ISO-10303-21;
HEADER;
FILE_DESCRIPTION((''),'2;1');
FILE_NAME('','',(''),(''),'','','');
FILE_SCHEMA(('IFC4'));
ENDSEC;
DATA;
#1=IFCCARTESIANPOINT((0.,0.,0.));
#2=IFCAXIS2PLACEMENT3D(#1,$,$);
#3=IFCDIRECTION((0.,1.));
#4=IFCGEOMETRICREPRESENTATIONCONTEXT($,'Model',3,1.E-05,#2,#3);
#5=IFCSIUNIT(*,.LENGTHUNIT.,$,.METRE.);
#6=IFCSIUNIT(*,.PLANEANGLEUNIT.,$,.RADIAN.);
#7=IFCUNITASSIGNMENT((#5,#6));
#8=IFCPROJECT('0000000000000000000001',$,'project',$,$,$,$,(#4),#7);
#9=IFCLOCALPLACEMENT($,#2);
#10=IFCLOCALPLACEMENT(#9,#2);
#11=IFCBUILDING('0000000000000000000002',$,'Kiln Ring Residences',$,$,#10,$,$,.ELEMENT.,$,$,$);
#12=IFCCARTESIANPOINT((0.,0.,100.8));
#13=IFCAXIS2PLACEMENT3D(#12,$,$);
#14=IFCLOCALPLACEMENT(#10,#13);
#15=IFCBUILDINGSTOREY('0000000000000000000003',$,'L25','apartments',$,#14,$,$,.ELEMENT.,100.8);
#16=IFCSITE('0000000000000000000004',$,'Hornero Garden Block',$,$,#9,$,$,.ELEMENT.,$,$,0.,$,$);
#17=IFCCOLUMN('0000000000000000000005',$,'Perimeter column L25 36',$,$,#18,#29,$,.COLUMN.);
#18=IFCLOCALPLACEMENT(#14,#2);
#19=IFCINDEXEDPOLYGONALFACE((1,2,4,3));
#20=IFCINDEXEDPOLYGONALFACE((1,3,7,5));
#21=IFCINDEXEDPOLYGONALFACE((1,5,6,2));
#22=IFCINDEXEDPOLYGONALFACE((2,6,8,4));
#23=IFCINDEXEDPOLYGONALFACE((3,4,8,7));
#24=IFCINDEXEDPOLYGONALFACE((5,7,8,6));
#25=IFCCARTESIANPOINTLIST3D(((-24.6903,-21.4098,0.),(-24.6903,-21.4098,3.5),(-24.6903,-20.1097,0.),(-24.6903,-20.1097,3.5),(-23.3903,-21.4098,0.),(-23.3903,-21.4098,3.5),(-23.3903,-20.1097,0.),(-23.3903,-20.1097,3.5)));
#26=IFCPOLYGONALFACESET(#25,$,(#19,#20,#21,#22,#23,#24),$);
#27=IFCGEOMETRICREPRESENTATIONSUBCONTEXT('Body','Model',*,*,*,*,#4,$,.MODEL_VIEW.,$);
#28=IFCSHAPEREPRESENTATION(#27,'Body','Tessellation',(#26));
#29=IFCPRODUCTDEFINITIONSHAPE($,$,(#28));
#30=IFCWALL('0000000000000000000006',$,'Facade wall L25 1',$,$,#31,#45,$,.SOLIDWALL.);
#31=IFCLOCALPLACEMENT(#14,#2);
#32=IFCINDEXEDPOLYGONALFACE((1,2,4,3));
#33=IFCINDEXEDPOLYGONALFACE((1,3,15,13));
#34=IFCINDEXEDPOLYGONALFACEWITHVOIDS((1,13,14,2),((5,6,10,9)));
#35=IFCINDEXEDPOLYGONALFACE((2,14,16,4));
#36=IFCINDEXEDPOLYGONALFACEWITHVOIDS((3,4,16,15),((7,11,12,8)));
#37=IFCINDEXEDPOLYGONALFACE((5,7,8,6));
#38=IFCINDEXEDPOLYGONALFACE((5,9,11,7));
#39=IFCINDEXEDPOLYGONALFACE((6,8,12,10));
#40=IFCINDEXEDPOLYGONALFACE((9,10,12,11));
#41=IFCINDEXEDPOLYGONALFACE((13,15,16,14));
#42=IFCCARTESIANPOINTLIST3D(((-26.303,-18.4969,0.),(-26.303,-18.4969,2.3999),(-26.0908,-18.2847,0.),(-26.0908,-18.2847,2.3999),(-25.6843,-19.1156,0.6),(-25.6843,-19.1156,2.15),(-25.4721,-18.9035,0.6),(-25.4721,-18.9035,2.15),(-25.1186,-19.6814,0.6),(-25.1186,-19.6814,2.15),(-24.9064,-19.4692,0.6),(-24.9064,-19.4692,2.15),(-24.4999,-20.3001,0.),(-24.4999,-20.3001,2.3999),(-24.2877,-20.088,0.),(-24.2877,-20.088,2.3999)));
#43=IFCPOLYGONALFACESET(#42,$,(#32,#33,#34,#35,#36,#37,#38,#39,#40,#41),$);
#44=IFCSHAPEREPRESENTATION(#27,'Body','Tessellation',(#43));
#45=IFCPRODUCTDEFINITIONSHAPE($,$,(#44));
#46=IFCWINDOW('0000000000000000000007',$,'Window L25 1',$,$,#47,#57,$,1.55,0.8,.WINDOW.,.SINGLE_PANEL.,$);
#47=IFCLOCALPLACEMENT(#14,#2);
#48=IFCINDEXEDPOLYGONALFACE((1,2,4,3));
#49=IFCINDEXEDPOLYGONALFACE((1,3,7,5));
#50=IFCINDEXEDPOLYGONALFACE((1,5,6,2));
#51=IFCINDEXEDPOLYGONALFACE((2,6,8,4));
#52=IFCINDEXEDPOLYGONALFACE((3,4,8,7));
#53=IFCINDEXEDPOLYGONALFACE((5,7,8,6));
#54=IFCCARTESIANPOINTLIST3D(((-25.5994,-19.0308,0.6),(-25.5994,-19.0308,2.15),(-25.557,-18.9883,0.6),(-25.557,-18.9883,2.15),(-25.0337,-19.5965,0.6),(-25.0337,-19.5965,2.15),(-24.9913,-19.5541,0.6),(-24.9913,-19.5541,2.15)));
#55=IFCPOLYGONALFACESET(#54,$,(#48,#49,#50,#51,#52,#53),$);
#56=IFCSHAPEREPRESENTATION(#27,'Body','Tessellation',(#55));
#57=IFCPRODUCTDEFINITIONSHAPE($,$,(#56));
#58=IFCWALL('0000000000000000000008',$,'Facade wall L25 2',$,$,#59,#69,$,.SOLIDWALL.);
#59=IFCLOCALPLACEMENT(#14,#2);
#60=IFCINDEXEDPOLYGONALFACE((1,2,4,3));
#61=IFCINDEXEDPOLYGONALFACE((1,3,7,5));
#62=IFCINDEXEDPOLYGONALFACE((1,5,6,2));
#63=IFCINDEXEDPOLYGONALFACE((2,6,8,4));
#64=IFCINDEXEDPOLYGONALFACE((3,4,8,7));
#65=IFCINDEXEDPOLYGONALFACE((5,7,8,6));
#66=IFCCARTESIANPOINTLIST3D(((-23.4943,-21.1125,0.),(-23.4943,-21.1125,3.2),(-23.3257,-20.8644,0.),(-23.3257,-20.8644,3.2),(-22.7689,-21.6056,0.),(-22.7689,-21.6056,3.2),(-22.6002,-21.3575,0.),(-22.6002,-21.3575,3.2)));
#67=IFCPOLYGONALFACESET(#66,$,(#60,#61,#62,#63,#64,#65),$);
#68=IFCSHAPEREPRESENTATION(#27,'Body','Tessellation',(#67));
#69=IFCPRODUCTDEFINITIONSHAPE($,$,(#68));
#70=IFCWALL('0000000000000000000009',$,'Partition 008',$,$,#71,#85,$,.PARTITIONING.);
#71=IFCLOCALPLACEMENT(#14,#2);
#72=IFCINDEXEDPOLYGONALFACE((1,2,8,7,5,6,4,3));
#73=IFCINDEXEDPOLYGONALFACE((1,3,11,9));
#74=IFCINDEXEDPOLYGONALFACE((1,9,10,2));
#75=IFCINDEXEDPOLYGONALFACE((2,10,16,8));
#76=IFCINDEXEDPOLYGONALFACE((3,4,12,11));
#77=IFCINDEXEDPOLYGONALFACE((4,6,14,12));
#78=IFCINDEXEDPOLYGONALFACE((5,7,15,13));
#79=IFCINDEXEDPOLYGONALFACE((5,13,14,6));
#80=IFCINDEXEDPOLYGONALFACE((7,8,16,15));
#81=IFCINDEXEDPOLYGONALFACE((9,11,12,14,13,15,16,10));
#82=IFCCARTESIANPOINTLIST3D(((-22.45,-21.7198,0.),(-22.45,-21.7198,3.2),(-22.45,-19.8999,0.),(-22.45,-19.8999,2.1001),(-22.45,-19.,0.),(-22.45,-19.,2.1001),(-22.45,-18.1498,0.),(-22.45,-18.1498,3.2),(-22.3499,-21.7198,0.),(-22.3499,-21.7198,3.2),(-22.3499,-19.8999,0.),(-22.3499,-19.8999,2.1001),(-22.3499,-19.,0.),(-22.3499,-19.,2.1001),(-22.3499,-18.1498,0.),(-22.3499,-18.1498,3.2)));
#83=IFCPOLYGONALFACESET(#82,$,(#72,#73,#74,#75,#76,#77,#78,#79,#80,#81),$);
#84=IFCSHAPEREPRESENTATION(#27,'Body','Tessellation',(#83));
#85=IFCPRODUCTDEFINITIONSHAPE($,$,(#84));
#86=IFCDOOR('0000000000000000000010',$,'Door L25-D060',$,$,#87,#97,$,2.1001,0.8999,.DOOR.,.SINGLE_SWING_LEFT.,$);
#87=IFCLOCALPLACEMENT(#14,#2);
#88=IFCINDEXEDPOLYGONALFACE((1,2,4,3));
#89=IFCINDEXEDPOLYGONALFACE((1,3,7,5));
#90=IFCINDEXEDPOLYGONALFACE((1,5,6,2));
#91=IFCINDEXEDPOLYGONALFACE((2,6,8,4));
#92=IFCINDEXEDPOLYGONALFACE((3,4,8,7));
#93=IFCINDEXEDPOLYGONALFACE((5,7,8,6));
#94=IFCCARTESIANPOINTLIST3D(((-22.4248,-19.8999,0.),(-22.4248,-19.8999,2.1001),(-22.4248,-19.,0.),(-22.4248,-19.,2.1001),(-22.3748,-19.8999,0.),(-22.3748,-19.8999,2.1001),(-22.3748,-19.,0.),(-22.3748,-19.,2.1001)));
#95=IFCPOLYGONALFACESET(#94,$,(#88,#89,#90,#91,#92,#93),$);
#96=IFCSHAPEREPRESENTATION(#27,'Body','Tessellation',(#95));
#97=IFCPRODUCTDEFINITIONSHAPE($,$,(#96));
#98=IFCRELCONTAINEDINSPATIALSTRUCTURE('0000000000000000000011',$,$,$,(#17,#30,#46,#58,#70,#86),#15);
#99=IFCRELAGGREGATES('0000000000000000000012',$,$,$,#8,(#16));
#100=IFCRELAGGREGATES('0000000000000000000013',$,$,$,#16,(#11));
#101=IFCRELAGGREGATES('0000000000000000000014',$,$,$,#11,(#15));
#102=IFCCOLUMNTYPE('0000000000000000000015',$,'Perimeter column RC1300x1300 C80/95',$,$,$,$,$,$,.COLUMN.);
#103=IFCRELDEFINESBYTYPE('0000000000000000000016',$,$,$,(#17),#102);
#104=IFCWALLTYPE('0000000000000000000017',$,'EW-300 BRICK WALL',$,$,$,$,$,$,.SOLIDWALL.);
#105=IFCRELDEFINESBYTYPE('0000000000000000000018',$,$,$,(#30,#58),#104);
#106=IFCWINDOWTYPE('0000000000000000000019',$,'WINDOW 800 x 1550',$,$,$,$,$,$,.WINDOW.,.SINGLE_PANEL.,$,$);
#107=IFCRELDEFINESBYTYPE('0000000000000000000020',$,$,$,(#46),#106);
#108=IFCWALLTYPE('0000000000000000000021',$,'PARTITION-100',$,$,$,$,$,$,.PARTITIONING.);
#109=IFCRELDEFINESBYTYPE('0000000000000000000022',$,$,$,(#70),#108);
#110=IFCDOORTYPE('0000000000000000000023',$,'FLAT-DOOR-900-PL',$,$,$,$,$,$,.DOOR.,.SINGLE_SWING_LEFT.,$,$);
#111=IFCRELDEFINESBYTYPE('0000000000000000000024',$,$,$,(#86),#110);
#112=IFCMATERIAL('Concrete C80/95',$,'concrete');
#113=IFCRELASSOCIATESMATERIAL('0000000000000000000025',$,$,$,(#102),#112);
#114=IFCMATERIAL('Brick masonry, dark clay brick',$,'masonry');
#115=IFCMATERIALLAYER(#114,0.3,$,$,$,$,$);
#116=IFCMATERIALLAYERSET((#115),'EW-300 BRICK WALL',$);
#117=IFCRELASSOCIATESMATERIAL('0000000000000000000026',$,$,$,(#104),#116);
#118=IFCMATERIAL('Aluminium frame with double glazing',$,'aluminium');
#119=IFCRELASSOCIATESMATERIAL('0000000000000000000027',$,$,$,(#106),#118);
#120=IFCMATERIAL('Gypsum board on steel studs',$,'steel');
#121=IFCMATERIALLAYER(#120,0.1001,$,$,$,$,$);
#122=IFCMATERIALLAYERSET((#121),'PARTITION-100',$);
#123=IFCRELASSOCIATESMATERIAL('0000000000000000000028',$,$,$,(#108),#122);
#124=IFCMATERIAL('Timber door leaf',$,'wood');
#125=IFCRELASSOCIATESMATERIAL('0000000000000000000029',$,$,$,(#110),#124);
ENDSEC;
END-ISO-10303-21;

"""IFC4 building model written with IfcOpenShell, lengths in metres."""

from ifc_helpers import new_model, si_unit, direction, frame, frame_2d, origin, origin_2d, place, context, subcontext, project, spatial, rectangle, extrude, material, layer, layer_set, material_profile, profile_set, type_object, element, fill, save


model = new_model("IFC4")

# Units and contexts
model_context = context("Model", 3, precision=1e-05, world=origin(), true_north=direction((0.0, 1.0)))
body_context = subcontext(model_context, "Body", "Model", "MODEL_VIEW")
ifc_project = project(units=[si_unit("LENGTHUNIT", "METRE"), si_unit("PLANEANGLEUNIT", "RADIAN")], contexts=[model_context])

# Site, building, storey
site_placement = place(None, origin())
site = spatial("IfcSite", under=ifc_project, at=site_placement, Name="Hornero Garden Block", CompositionType="ELEMENT", RefElevation=0.0)
building_placement = place(site_placement, origin())
building = spatial("IfcBuilding", under=site, at=building_placement, Name="Kiln Ring Residences", CompositionType="ELEMENT")
storey_placement = place(building_placement, frame((0.0, 0.0, 100.8)))
storey = spatial("IfcBuildingStorey", under=building, at=storey_placement, Name="L25", Description="apartments", CompositionType="ELEMENT", Elevation=100.8)

# Column
ifc_material_1 = material(Name="Concrete C80/95", Category="concrete")
ifc_material_profile = material_profile(ifc_material_1, rectangle(XDim=1.3, YDim=1.3, at=origin_2d()), Name="RC1300x1300")
ifc_profile_set = profile_set([ifc_material_profile], Name="Concrete C80/95")
column_type = type_object("IfcColumnType", Name="Perimeter column RC1300x1300 C80/95", PredefinedType="COLUMN", material=ifc_profile_set)
column_placement = place(storey_placement, frame((-24.0403, -20.7598, 0.0), z_axis=(0.0, 0.0, 1.0), x_axis=(1.0, 0.0, 0.0)))
element("IfcColumn", 1, at=column_placement, inside=storey, type_object=column_type, Name="Perimeter column L25 36", PredefinedType="COLUMN", context=body_context, shape_type="SweptSolid", body=[
    extrude(rectangle(XDim=1.3, YDim=1.3, at=origin_2d()), origin(), (0.0, 0.0, 1.0), 3.5),
])

# Wall, opening, window
ifc_material_2 = material(Name="Brick masonry, dark clay brick", Category="masonry")
ifc_layer_1 = layer(ifc_material_2, 0.3)
ifc_layer_set_1 = layer_set([ifc_layer_1], Name="EW-300 BRICK WALL")
wall_type_1 = type_object("IfcWallType", Name="EW-300 BRICK WALL", PredefinedType="SOLIDWALL", material=ifc_layer_set_1)
wall_1_placement = place(storey_placement, frame((-26.1968, -18.3909, 0.0), z_axis=(0.0, 0.0, 1.0), x_axis=(0.707059, -0.707155, 0.0)))
wall_1 = element("IfcWall", 2, at=wall_1_placement, inside=storey, type_object=wall_type_1, Name="Facade wall L25 1", PredefinedType="SOLIDWALL", context=body_context, shape_type="SweptSolid", body=[
    extrude(rectangle(XDim=2.55, YDim=0.3, at=frame_2d((1.2749, 0.0))), origin(), (0.0, 0.0, 1.0), 2.3999),
])
opening_1_placement = place(wall_1_placement, frame((0.875, 0.0, 0.6001)))
opening_1 = element("IfcOpeningElement", 3, at=opening_1_placement, cuts=wall_1, PredefinedType="OPENING", context=body_context, shape_type="SweptSolid", body=[
    extrude(rectangle(XDim=0.8, YDim=1.55, at=frame_2d((0.3999, 0.7749))), frame((0.0, 0.1599, 0.0), z_axis=(0.0, -1.0, 0.0), x_axis=(1.0, 0.0, 0.0)), (0.0, 0.0, 1.0), 0.3201),
])
ifc_material_3 = material(Name="Aluminium frame with double glazing", Category="aluminium")
window_type = type_object("IfcWindowType", Name="WINDOW 800 x 1550", PartitioningType="SINGLE_PANEL", PredefinedType="WINDOW", material=ifc_material_3)
window_placement = place(opening_1_placement, origin())
window = element("IfcWindow", 4, at=window_placement, inside=storey, type_object=window_type, Name="Window L25 1", OverallHeight=1.55, OverallWidth=0.8, PartitioningType="SINGLE_PANEL", PredefinedType="WINDOW", context=body_context, shape_type="SweptSolid", body=[
    extrude(rectangle(XDim=0.8, YDim=1.55, at=frame_2d((0.3999, 0.7749))), frame((0.0, 0.03, 0.0), z_axis=(0.0, -1.0, 0.0), x_axis=(1.0, 0.0, 0.0)), (0.0, 0.0, 1.0), 0.0601),
])
fill(opening_1, window)

# Wall
wall_2_placement = place(storey_placement, frame((-23.4099, -20.9885, 0.0), z_axis=(0.0, 0.0, 1.0), x_axis=(0.827051, -0.562127, 0.0)))
element("IfcWall", 5, at=wall_2_placement, inside=storey, type_object=wall_type_1, Name="Facade wall L25 2", PredefinedType="SOLIDWALL", context=body_context, shape_type="SweptSolid", body=[
    extrude(rectangle(XDim=0.8772, YDim=0.3, at=frame_2d((0.4385, 0.0))), origin(), (0.0, 0.0, 1.0), 3.2),
])

# Shared definitions
ifc_material_4 = material(Name="Gypsum board on steel studs", Category="steel")
ifc_layer_2 = layer(ifc_material_4, 0.1001)
ifc_layer_set_2 = layer_set([ifc_layer_2], Name="PARTITION-100")
wall_type_2 = type_object("IfcWallType", Name="PARTITION-100", PredefinedType="PARTITIONING", material=ifc_layer_set_2)
ifc_material_5 = material(Name="Timber door leaf", Category="wood")
door_type_1 = type_object("IfcDoorType", Name="FLAT-DOOR-900-PL", OperationType="SINGLE_SWING_LEFT", PredefinedType="DOOR", material=ifc_material_5)

# Wall, opening, door
wall_3_placement = place(storey_placement, frame((-22.3999, -21.72, 0.0), z_axis=(0.0, 0.0, 1.0), x_axis=(0.0, 1.0, 0.0)))
wall_3 = element("IfcWall", 6, at=wall_3_placement, inside=storey, type_object=wall_type_2, Name="Partition 008", PredefinedType="PARTITIONING", context=body_context, shape_type="SweptSolid", body=[
    extrude(rectangle(XDim=3.5701, YDim=0.1001, at=frame_2d((1.7852, 0.0))), origin(), (0.0, 0.0, 1.0), 3.2),
])
opening_2_placement = place(wall_3_placement, frame((1.8201, 0.0, 0.0)))
opening_2 = element("IfcOpeningElement", 7, at=opening_2_placement, cuts=wall_3, PredefinedType="OPENING", context=body_context, shape_type="SweptSolid", body=[
    extrude(rectangle(XDim=0.8999, YDim=2.1001, at=frame_2d((0.45, 1.05))), frame((0.0, 0.0601, 0.0), z_axis=(0.0, -1.0, 0.0), x_axis=(1.0, 0.0, 0.0)), (0.0, 0.0, 1.0), 0.1201),
])
door_1_placement = place(opening_2_placement, origin())
door_1 = element("IfcDoor", 8, at=door_1_placement, inside=storey, type_object=door_type_1, Name="Door L25-D060", OperationType="SINGLE_SWING_LEFT", OverallHeight=2.1001, OverallWidth=0.8999, PredefinedType="DOOR", context=body_context, shape_type="SweptSolid", body=[
    extrude(rectangle(XDim=0.8999, YDim=2.1001, at=frame_2d((0.45, 1.05))), frame((0.0, 0.0249, 0.0), z_axis=(0.0, -1.0, 0.0), x_axis=(1.0, 0.0, 0.0)), (0.0, 0.0, 1.0), 0.05),
])
fill(opening_2, door_1)

save(model, "model.ifc")
